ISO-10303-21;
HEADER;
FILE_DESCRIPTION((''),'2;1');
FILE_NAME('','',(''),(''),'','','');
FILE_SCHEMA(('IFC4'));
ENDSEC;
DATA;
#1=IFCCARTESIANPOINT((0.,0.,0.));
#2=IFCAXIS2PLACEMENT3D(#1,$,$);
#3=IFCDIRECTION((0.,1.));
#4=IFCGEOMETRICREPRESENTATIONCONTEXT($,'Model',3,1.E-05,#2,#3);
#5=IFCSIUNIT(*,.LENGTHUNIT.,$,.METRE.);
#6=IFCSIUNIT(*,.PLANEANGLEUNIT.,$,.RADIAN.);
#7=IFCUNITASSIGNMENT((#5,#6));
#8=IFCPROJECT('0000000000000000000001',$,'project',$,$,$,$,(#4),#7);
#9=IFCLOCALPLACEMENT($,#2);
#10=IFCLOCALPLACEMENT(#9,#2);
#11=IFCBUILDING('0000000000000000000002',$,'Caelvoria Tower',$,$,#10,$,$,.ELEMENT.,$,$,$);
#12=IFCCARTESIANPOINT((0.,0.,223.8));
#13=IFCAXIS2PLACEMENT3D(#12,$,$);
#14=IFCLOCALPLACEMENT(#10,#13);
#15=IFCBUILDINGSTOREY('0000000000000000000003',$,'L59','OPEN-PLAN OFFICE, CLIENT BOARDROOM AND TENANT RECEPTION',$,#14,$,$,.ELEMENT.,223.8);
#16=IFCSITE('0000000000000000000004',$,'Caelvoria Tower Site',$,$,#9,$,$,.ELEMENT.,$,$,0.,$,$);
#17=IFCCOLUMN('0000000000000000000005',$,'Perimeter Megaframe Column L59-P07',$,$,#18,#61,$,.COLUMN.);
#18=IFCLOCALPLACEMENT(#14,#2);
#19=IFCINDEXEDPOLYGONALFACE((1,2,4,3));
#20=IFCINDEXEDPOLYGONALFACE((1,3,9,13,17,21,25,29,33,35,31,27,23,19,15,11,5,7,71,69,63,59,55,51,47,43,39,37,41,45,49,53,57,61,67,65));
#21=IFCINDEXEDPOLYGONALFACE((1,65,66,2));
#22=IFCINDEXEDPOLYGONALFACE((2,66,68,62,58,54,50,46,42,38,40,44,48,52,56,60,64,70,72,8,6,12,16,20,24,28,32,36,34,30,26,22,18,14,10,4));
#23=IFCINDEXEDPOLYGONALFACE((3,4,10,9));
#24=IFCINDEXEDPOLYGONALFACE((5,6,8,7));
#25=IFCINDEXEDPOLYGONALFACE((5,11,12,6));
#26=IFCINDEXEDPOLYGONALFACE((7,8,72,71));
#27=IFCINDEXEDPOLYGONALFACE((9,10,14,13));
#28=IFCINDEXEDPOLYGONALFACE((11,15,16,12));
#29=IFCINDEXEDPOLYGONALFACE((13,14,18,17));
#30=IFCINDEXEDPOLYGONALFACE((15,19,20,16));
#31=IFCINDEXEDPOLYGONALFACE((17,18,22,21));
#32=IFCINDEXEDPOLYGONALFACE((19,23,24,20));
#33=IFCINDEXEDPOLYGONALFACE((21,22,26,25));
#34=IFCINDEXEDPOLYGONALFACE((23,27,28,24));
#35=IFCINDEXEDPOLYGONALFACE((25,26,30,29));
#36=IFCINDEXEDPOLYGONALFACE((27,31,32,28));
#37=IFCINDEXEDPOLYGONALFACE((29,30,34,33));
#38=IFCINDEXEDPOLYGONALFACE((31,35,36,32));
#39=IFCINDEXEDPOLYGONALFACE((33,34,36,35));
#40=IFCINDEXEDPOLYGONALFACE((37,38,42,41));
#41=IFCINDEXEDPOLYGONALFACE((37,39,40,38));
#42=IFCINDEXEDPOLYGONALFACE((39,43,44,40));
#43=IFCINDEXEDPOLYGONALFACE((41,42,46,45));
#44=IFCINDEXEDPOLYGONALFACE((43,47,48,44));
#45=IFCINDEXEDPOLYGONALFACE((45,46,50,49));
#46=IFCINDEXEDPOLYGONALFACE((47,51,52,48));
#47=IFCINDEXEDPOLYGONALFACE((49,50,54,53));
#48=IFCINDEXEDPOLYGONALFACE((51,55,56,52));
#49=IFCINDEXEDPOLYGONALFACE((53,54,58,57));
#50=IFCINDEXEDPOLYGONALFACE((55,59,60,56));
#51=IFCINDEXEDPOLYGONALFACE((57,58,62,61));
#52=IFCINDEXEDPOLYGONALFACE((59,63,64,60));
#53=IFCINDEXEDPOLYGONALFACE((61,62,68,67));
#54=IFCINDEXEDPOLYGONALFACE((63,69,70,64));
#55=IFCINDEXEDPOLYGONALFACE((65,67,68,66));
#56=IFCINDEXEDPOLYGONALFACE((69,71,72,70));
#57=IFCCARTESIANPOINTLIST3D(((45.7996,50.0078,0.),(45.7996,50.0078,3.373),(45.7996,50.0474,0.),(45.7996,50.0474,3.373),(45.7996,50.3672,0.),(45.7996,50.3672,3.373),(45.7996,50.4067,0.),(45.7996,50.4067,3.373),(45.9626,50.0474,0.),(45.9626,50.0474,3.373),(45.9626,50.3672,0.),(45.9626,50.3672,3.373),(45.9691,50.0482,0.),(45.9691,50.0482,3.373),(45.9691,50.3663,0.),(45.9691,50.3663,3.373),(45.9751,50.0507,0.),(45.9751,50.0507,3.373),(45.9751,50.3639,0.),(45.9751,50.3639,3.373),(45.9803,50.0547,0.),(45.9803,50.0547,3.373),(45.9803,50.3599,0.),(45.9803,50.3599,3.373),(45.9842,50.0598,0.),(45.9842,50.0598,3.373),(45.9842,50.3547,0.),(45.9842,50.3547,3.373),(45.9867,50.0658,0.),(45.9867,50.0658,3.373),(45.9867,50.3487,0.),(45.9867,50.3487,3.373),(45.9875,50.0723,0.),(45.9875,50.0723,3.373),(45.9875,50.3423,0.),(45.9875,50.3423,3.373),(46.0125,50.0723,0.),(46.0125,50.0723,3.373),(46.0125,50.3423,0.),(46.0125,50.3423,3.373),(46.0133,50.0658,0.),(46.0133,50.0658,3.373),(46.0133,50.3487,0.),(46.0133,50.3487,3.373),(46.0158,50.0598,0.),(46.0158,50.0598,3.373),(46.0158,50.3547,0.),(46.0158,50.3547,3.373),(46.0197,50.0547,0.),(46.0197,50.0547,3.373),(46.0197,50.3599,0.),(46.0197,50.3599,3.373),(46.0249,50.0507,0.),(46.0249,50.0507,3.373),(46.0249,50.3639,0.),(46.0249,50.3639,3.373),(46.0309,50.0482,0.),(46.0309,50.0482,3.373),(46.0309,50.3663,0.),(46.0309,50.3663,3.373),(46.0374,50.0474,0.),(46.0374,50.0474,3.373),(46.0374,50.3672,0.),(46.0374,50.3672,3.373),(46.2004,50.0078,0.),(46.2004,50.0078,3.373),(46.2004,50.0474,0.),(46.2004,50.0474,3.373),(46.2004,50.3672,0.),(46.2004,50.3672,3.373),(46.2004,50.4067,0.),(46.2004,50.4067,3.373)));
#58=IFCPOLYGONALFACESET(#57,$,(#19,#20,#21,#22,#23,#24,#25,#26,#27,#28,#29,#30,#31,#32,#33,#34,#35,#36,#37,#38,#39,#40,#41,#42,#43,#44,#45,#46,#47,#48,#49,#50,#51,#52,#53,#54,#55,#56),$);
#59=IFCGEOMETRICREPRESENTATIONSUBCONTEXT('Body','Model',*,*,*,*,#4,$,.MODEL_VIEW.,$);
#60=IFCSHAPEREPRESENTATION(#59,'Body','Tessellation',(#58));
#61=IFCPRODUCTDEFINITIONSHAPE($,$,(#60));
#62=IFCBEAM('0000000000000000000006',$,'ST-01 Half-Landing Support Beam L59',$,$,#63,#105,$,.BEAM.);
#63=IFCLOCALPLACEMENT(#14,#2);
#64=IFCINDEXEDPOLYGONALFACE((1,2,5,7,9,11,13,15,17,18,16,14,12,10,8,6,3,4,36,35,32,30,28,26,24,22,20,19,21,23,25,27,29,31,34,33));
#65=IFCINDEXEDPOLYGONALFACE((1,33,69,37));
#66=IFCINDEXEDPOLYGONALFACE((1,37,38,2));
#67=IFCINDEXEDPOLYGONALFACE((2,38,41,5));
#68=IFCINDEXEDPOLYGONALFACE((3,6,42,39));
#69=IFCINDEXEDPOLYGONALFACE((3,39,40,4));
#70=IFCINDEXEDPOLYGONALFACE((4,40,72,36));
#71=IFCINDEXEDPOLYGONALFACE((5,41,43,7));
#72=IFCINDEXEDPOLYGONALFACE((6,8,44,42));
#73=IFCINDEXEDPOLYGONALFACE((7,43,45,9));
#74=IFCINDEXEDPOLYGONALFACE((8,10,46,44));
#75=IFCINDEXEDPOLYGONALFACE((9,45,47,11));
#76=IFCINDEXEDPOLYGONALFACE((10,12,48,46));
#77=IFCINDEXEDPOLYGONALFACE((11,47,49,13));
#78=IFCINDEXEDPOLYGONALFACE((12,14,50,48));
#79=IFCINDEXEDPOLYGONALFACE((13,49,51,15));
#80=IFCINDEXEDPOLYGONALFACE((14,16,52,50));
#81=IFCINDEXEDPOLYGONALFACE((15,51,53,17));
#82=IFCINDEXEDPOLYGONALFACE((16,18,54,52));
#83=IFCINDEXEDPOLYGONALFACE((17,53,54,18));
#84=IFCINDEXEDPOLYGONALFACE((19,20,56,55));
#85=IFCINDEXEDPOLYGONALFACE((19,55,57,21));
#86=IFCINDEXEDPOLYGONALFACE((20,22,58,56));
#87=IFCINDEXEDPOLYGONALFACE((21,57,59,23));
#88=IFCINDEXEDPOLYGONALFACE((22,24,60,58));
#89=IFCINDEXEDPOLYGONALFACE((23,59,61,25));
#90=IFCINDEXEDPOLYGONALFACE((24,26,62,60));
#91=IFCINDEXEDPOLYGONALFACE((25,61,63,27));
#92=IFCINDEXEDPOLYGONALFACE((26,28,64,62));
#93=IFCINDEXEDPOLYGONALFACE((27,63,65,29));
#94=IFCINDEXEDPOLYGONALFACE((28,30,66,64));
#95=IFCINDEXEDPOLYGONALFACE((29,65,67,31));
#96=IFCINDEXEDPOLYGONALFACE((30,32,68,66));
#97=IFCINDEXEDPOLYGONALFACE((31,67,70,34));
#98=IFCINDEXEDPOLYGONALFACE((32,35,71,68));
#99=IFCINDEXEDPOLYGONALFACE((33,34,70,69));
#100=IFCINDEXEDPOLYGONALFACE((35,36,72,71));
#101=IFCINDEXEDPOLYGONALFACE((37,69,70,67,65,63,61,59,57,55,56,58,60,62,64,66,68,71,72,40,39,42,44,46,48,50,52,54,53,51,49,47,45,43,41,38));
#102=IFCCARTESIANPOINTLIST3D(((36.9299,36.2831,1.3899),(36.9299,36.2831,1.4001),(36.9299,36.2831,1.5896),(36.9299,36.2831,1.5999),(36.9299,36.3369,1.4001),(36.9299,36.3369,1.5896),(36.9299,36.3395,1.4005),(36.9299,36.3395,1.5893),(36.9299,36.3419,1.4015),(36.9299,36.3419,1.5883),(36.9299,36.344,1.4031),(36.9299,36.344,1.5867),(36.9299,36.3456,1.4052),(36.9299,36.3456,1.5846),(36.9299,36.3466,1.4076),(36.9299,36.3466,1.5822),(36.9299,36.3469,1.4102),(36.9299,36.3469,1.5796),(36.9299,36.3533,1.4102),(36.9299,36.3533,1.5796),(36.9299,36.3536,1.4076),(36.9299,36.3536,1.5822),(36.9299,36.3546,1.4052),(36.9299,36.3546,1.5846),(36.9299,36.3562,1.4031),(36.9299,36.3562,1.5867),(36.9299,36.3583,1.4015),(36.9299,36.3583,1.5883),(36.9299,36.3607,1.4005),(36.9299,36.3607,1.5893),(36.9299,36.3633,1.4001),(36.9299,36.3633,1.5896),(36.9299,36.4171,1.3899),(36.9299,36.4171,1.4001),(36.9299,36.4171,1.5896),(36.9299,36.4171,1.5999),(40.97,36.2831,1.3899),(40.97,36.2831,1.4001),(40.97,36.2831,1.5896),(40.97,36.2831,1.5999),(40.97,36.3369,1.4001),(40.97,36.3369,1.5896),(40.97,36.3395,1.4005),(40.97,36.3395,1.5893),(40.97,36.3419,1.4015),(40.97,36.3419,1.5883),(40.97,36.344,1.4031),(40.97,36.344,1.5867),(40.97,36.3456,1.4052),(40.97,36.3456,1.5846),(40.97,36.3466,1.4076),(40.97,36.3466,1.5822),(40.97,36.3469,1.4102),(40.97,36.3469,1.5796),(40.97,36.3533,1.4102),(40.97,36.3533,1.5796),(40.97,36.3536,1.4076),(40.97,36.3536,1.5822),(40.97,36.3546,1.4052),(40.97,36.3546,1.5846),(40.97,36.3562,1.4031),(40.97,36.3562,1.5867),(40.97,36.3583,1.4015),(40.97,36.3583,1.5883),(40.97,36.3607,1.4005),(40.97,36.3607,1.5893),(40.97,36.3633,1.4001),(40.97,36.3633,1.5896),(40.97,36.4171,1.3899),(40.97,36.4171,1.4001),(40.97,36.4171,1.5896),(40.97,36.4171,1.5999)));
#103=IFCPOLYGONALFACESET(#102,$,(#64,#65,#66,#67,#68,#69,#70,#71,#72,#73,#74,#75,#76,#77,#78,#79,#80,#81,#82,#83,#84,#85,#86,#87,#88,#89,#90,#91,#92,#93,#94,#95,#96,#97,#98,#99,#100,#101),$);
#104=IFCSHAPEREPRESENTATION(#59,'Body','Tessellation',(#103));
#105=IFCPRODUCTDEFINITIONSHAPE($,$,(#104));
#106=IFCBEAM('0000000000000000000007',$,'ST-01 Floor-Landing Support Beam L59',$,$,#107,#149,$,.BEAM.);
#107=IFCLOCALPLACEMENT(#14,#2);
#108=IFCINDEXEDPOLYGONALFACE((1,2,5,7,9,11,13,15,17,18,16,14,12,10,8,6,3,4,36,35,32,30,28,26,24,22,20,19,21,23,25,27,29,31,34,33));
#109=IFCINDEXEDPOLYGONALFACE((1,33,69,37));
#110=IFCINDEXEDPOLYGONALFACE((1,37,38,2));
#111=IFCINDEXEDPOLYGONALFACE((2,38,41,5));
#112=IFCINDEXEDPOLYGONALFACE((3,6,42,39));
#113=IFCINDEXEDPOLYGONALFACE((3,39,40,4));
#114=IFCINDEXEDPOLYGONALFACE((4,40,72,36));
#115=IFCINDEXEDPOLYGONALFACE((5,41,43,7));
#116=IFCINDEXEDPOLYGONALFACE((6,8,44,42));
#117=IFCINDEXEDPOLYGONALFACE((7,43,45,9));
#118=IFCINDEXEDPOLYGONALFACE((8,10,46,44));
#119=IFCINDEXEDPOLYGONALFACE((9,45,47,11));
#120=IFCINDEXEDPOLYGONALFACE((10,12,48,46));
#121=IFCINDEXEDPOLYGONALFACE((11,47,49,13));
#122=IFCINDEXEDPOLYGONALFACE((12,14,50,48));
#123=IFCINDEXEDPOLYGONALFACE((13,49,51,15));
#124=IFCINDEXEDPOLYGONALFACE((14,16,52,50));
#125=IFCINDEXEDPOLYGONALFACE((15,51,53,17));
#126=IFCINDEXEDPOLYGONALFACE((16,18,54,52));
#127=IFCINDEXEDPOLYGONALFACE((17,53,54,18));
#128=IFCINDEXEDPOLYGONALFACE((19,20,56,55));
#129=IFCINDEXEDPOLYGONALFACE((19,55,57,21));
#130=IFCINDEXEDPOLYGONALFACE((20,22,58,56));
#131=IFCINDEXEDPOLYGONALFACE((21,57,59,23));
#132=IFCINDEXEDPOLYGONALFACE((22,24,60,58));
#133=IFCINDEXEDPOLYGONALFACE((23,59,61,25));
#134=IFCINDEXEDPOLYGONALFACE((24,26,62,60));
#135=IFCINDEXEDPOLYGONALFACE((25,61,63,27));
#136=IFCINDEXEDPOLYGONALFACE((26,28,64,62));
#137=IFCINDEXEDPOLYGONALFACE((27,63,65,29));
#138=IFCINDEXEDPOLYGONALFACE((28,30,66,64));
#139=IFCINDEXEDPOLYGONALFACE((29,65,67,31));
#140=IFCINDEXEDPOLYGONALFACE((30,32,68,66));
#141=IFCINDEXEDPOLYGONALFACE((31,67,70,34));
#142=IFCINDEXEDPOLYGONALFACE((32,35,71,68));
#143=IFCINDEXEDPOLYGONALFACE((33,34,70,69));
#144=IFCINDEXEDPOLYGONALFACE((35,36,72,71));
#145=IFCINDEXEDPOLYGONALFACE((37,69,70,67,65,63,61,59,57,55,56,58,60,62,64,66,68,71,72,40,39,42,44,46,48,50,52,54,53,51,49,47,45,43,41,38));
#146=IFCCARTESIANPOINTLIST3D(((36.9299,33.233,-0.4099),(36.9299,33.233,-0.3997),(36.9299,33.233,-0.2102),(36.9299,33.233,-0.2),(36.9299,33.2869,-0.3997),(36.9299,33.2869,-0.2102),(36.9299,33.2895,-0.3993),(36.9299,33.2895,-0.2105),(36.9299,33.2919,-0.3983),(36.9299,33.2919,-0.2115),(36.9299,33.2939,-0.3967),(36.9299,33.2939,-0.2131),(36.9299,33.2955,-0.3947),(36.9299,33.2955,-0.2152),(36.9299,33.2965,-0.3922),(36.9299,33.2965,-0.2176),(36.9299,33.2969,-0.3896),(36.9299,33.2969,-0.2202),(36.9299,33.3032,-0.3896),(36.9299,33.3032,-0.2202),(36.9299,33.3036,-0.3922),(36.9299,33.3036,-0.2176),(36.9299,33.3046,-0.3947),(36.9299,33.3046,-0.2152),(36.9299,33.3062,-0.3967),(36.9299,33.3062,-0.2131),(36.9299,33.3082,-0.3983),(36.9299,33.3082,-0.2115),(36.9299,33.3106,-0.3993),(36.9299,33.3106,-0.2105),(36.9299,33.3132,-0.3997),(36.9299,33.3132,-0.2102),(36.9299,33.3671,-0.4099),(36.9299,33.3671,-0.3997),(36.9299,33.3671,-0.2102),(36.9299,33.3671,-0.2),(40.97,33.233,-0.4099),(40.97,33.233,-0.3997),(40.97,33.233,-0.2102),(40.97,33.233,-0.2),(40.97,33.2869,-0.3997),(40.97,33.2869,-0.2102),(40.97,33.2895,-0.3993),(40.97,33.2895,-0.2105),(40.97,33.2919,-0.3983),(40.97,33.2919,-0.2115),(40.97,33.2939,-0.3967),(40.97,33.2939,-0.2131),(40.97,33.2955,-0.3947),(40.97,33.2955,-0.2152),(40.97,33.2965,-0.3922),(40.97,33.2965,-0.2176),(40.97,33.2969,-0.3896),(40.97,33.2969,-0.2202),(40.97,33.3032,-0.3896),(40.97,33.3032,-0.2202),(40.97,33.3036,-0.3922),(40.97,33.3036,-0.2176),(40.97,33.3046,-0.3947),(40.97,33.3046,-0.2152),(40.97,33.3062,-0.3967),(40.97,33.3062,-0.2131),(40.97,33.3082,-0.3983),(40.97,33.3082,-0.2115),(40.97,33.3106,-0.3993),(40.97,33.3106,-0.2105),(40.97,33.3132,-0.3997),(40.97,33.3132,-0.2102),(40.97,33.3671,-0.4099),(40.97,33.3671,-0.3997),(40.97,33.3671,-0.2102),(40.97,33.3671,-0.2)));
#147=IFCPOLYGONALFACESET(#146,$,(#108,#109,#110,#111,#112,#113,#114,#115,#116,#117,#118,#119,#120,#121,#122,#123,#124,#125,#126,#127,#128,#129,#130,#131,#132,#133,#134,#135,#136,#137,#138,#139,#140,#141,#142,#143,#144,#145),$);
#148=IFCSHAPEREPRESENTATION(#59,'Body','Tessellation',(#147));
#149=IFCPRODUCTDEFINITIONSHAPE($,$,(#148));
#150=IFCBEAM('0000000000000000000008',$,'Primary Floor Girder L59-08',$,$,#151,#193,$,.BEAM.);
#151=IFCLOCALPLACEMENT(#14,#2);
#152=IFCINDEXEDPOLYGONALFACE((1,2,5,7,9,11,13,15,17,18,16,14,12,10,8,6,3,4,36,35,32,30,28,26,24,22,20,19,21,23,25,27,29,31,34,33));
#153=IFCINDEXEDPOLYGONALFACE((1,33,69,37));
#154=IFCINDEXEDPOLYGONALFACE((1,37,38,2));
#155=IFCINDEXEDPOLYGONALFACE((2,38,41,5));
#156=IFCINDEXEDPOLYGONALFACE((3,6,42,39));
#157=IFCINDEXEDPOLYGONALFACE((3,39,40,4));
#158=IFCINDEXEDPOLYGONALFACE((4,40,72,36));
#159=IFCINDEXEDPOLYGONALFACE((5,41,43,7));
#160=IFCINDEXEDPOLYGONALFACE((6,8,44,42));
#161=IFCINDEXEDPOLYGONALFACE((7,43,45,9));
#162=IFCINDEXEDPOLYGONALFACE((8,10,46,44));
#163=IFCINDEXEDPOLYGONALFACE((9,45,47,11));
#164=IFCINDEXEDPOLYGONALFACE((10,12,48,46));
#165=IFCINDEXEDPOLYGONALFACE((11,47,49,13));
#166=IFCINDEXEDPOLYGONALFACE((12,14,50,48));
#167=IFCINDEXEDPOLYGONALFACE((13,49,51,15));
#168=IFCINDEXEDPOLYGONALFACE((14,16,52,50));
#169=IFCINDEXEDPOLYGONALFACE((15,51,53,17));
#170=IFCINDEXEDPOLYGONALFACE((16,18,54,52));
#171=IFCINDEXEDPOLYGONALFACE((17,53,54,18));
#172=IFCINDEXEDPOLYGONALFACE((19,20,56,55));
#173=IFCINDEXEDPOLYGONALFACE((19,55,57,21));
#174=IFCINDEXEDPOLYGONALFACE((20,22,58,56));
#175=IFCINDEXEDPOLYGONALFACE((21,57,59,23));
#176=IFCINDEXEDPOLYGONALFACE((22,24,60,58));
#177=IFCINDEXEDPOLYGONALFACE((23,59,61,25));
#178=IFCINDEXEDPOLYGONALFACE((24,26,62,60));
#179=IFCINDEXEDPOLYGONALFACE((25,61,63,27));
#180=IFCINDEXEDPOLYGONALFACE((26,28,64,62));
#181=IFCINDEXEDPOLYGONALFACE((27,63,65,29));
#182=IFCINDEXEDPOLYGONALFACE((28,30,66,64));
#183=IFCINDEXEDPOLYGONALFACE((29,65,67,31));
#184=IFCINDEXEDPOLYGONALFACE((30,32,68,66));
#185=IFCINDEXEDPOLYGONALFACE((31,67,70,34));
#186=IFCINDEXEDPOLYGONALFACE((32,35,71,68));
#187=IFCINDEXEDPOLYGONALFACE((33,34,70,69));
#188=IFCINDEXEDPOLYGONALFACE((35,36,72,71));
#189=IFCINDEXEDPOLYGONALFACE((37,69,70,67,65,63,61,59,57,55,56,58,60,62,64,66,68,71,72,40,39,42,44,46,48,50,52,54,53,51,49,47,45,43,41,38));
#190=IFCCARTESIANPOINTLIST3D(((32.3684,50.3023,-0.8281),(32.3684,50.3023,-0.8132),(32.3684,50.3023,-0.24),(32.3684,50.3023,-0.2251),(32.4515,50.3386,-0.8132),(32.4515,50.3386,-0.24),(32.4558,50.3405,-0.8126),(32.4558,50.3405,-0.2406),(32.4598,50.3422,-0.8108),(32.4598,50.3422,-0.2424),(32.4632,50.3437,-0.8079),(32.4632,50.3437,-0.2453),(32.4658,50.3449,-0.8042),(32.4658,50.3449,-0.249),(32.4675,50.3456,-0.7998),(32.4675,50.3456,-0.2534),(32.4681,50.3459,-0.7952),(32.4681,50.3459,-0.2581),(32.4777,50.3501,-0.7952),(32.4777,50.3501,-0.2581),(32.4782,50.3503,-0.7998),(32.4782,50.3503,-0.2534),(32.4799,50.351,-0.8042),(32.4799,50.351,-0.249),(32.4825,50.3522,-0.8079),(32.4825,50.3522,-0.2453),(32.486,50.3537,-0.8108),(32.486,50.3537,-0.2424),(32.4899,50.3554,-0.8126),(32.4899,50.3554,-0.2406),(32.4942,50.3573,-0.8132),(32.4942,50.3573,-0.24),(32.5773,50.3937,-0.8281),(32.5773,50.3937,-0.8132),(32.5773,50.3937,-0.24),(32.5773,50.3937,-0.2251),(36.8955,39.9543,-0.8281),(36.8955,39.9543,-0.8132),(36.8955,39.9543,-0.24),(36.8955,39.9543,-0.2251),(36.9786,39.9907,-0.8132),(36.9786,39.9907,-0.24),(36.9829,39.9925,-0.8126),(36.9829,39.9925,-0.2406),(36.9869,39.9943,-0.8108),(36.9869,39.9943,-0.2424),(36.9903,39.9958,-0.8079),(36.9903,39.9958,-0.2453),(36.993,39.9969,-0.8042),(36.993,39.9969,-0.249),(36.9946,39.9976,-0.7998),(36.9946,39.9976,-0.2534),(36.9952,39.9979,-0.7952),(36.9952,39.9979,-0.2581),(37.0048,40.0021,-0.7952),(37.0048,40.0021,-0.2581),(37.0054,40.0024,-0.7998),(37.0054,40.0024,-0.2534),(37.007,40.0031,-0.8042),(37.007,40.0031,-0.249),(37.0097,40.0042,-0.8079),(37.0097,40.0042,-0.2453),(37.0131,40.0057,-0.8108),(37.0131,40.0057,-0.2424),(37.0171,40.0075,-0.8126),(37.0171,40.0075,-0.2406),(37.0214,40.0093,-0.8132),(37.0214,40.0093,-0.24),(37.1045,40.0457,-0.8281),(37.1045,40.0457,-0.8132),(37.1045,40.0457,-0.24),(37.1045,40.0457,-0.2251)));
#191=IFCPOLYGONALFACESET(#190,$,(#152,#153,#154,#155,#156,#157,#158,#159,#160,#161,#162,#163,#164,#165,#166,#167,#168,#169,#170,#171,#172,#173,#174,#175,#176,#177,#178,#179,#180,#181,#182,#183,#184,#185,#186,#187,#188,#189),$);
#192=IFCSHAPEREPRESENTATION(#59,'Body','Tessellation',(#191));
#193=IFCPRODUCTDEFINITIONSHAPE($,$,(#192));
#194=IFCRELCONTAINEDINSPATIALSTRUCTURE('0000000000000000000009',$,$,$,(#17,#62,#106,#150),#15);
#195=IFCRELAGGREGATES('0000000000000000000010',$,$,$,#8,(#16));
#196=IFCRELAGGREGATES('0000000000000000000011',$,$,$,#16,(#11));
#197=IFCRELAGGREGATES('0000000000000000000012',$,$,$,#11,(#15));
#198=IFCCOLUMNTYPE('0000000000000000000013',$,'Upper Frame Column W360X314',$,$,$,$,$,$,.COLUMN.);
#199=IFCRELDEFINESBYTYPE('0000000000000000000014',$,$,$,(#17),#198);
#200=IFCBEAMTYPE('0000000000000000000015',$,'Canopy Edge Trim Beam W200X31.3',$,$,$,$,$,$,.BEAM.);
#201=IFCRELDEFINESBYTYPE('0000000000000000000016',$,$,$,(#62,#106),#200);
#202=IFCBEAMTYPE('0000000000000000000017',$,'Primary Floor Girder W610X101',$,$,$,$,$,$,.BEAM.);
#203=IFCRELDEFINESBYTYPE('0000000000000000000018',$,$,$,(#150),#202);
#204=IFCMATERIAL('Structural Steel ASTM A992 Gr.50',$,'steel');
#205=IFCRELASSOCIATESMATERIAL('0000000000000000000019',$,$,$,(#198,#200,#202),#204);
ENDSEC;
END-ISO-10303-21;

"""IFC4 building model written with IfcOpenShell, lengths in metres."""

from ifc_helpers import new_model, si_unit, direction, frame, origin, origin_2d, place, context, subcontext, project, spatial, i_section, extrude, material, material_profile, profile_set, type_object, element, save


model = new_model("IFC4")

# Units and contexts
model_context = context("Model", 3, precision=1e-05, world=origin(), true_north=direction((0.0, 1.0)))
body_context = subcontext(model_context, "Body", "Model", "MODEL_VIEW")
ifc_project = project(units=[si_unit("LENGTHUNIT", "METRE"), si_unit("PLANEANGLEUNIT", "RADIAN")], contexts=[model_context])

# Site, building, storey
site_placement = place(None, origin())
site = spatial("IfcSite", under=ifc_project, at=site_placement, Name="Caelvoria Tower Site", CompositionType="ELEMENT", RefElevation=0.0)
building_placement = place(site_placement, origin())
building = spatial("IfcBuilding", under=site, at=building_placement, Name="Caelvoria Tower", CompositionType="ELEMENT")
storey_placement = place(building_placement, frame((0.0, 0.0, 223.8)))
storey = spatial("IfcBuildingStorey", under=building, at=storey_placement, Name="L59", Description="OPEN-PLAN OFFICE, CLIENT BOARDROOM AND TENANT RECEPTION", CompositionType="ELEMENT", Elevation=223.8)

# Column
ifc_material_1 = material(Name="Structural Steel ASTM A992 Gr.50", Category="steel")
ifc_material_profile_1 = material_profile(ifc_material_1, i_section(OverallWidth=0.4009, OverallDepth=0.3989, WebThickness=0.0249, FlangeThickness=0.0396, FilletRadius=0.0249, at=origin_2d()), Name="Structural Steel ASTM A992 Gr.50")
ifc_profile_set_1 = profile_set([ifc_material_profile_1], Name="W360X314 - Structural Steel ASTM A992 Gr.50")
column_type = type_object("IfcColumnType", Name="Upper Frame Column W360X314", PredefinedType="COLUMN", material=ifc_profile_set_1)
column_placement = place(storey_placement, frame((46.0, 50.2073, 0.0), z_axis=(0.0, 0.0, 1.0), x_axis=(1.0, 0.0, 0.0)))
element("IfcColumn", 1, at=column_placement, inside=storey, type_object=column_type, Name="Perimeter Megaframe Column L59-P07", PredefinedType="COLUMN", context=body_context, shape_type="SweptSolid", body=[
    extrude(i_section(OverallWidth=0.4009, OverallDepth=0.3989, WebThickness=0.0249, FlangeThickness=0.0396, FilletRadius=0.0249, at=origin_2d()), origin(), (0.0, 0.0, 1.0), 3.373),
])

# Beams
ifc_material_profile_2 = material_profile(ifc_material_1, i_section(OverallWidth=0.134, OverallDepth=0.21, WebThickness=0.0063, FlangeThickness=0.0103, FilletRadius=0.01, at=origin_2d()), Name="Structural Steel ASTM A992 Gr.50")
ifc_profile_set_2 = profile_set([ifc_material_profile_2], Name="W200X31.3 - Structural Steel ASTM A992 Gr.50")
beam_type_1 = type_object("IfcBeamType", Name="Canopy Edge Trim Beam W200X31.3", PredefinedType="BEAM", material=ifc_profile_set_2)
for number, where, z_axis, x_axis, name in (
    (2, (36.9299, 36.3501, 1.4949), (1.0, 0.0, 0.0), (0.0, 1.0, 0.0), "ST-01 Half-Landing Support Beam L59"),
    (3, (36.9299, 33.3, -0.3049), (1.0, 0.0, 0.0), (0.0, 1.0, 0.0), "ST-01 Floor-Landing Support Beam L59"),
):
    element("IfcBeam", number, at=place(storey_placement, frame(where, z_axis=z_axis, x_axis=x_axis)), inside=storey, type_object=beam_type_1, Name=name, PredefinedType="BEAM", context=body_context, shape_type="SweptSolid", body=[
        extrude(i_section(OverallWidth=0.134, OverallDepth=0.21, WebThickness=0.0063, FlangeThickness=0.0103, FilletRadius=0.01, at=origin_2d()), origin(), (0.0, 0.0, 1.0), 4.04),
    ])
ifc_material_profile_3 = material_profile(ifc_material_1, i_section(OverallWidth=0.228, OverallDepth=0.603, WebThickness=0.0105, FlangeThickness=0.0149, FilletRadius=0.0181, at=origin_2d()), Name="Structural Steel ASTM A992 Gr.50")
ifc_profile_set_3 = profile_set([ifc_material_profile_3], Name="W610X101 - Structural Steel ASTM A992 Gr.50")
beam_type_2 = type_object("IfcBeamType", Name="Primary Floor Girder W610X101", PredefinedType="BEAM", material=ifc_profile_set_3)
beam_1_placement = place(storey_placement, frame((37.0, 40.0, -0.5266), z_axis=(-0.400811, 0.916161, 0.0), x_axis=(-0.916161, -0.400811, 0.0)))
element("IfcBeam", 4, at=beam_1_placement, inside=storey, type_object=beam_type_2, Name="Primary Floor Girder L59-08", PredefinedType="BEAM", context=body_context, shape_type="SweptSolid", body=[
    extrude(i_section(OverallWidth=0.228, OverallDepth=0.603, WebThickness=0.0105, FlangeThickness=0.0149, FilletRadius=0.0181, at=origin_2d()), origin(), (0.0, 0.0, 1.0), 11.2949),
])

save(model, "model.ifc")
